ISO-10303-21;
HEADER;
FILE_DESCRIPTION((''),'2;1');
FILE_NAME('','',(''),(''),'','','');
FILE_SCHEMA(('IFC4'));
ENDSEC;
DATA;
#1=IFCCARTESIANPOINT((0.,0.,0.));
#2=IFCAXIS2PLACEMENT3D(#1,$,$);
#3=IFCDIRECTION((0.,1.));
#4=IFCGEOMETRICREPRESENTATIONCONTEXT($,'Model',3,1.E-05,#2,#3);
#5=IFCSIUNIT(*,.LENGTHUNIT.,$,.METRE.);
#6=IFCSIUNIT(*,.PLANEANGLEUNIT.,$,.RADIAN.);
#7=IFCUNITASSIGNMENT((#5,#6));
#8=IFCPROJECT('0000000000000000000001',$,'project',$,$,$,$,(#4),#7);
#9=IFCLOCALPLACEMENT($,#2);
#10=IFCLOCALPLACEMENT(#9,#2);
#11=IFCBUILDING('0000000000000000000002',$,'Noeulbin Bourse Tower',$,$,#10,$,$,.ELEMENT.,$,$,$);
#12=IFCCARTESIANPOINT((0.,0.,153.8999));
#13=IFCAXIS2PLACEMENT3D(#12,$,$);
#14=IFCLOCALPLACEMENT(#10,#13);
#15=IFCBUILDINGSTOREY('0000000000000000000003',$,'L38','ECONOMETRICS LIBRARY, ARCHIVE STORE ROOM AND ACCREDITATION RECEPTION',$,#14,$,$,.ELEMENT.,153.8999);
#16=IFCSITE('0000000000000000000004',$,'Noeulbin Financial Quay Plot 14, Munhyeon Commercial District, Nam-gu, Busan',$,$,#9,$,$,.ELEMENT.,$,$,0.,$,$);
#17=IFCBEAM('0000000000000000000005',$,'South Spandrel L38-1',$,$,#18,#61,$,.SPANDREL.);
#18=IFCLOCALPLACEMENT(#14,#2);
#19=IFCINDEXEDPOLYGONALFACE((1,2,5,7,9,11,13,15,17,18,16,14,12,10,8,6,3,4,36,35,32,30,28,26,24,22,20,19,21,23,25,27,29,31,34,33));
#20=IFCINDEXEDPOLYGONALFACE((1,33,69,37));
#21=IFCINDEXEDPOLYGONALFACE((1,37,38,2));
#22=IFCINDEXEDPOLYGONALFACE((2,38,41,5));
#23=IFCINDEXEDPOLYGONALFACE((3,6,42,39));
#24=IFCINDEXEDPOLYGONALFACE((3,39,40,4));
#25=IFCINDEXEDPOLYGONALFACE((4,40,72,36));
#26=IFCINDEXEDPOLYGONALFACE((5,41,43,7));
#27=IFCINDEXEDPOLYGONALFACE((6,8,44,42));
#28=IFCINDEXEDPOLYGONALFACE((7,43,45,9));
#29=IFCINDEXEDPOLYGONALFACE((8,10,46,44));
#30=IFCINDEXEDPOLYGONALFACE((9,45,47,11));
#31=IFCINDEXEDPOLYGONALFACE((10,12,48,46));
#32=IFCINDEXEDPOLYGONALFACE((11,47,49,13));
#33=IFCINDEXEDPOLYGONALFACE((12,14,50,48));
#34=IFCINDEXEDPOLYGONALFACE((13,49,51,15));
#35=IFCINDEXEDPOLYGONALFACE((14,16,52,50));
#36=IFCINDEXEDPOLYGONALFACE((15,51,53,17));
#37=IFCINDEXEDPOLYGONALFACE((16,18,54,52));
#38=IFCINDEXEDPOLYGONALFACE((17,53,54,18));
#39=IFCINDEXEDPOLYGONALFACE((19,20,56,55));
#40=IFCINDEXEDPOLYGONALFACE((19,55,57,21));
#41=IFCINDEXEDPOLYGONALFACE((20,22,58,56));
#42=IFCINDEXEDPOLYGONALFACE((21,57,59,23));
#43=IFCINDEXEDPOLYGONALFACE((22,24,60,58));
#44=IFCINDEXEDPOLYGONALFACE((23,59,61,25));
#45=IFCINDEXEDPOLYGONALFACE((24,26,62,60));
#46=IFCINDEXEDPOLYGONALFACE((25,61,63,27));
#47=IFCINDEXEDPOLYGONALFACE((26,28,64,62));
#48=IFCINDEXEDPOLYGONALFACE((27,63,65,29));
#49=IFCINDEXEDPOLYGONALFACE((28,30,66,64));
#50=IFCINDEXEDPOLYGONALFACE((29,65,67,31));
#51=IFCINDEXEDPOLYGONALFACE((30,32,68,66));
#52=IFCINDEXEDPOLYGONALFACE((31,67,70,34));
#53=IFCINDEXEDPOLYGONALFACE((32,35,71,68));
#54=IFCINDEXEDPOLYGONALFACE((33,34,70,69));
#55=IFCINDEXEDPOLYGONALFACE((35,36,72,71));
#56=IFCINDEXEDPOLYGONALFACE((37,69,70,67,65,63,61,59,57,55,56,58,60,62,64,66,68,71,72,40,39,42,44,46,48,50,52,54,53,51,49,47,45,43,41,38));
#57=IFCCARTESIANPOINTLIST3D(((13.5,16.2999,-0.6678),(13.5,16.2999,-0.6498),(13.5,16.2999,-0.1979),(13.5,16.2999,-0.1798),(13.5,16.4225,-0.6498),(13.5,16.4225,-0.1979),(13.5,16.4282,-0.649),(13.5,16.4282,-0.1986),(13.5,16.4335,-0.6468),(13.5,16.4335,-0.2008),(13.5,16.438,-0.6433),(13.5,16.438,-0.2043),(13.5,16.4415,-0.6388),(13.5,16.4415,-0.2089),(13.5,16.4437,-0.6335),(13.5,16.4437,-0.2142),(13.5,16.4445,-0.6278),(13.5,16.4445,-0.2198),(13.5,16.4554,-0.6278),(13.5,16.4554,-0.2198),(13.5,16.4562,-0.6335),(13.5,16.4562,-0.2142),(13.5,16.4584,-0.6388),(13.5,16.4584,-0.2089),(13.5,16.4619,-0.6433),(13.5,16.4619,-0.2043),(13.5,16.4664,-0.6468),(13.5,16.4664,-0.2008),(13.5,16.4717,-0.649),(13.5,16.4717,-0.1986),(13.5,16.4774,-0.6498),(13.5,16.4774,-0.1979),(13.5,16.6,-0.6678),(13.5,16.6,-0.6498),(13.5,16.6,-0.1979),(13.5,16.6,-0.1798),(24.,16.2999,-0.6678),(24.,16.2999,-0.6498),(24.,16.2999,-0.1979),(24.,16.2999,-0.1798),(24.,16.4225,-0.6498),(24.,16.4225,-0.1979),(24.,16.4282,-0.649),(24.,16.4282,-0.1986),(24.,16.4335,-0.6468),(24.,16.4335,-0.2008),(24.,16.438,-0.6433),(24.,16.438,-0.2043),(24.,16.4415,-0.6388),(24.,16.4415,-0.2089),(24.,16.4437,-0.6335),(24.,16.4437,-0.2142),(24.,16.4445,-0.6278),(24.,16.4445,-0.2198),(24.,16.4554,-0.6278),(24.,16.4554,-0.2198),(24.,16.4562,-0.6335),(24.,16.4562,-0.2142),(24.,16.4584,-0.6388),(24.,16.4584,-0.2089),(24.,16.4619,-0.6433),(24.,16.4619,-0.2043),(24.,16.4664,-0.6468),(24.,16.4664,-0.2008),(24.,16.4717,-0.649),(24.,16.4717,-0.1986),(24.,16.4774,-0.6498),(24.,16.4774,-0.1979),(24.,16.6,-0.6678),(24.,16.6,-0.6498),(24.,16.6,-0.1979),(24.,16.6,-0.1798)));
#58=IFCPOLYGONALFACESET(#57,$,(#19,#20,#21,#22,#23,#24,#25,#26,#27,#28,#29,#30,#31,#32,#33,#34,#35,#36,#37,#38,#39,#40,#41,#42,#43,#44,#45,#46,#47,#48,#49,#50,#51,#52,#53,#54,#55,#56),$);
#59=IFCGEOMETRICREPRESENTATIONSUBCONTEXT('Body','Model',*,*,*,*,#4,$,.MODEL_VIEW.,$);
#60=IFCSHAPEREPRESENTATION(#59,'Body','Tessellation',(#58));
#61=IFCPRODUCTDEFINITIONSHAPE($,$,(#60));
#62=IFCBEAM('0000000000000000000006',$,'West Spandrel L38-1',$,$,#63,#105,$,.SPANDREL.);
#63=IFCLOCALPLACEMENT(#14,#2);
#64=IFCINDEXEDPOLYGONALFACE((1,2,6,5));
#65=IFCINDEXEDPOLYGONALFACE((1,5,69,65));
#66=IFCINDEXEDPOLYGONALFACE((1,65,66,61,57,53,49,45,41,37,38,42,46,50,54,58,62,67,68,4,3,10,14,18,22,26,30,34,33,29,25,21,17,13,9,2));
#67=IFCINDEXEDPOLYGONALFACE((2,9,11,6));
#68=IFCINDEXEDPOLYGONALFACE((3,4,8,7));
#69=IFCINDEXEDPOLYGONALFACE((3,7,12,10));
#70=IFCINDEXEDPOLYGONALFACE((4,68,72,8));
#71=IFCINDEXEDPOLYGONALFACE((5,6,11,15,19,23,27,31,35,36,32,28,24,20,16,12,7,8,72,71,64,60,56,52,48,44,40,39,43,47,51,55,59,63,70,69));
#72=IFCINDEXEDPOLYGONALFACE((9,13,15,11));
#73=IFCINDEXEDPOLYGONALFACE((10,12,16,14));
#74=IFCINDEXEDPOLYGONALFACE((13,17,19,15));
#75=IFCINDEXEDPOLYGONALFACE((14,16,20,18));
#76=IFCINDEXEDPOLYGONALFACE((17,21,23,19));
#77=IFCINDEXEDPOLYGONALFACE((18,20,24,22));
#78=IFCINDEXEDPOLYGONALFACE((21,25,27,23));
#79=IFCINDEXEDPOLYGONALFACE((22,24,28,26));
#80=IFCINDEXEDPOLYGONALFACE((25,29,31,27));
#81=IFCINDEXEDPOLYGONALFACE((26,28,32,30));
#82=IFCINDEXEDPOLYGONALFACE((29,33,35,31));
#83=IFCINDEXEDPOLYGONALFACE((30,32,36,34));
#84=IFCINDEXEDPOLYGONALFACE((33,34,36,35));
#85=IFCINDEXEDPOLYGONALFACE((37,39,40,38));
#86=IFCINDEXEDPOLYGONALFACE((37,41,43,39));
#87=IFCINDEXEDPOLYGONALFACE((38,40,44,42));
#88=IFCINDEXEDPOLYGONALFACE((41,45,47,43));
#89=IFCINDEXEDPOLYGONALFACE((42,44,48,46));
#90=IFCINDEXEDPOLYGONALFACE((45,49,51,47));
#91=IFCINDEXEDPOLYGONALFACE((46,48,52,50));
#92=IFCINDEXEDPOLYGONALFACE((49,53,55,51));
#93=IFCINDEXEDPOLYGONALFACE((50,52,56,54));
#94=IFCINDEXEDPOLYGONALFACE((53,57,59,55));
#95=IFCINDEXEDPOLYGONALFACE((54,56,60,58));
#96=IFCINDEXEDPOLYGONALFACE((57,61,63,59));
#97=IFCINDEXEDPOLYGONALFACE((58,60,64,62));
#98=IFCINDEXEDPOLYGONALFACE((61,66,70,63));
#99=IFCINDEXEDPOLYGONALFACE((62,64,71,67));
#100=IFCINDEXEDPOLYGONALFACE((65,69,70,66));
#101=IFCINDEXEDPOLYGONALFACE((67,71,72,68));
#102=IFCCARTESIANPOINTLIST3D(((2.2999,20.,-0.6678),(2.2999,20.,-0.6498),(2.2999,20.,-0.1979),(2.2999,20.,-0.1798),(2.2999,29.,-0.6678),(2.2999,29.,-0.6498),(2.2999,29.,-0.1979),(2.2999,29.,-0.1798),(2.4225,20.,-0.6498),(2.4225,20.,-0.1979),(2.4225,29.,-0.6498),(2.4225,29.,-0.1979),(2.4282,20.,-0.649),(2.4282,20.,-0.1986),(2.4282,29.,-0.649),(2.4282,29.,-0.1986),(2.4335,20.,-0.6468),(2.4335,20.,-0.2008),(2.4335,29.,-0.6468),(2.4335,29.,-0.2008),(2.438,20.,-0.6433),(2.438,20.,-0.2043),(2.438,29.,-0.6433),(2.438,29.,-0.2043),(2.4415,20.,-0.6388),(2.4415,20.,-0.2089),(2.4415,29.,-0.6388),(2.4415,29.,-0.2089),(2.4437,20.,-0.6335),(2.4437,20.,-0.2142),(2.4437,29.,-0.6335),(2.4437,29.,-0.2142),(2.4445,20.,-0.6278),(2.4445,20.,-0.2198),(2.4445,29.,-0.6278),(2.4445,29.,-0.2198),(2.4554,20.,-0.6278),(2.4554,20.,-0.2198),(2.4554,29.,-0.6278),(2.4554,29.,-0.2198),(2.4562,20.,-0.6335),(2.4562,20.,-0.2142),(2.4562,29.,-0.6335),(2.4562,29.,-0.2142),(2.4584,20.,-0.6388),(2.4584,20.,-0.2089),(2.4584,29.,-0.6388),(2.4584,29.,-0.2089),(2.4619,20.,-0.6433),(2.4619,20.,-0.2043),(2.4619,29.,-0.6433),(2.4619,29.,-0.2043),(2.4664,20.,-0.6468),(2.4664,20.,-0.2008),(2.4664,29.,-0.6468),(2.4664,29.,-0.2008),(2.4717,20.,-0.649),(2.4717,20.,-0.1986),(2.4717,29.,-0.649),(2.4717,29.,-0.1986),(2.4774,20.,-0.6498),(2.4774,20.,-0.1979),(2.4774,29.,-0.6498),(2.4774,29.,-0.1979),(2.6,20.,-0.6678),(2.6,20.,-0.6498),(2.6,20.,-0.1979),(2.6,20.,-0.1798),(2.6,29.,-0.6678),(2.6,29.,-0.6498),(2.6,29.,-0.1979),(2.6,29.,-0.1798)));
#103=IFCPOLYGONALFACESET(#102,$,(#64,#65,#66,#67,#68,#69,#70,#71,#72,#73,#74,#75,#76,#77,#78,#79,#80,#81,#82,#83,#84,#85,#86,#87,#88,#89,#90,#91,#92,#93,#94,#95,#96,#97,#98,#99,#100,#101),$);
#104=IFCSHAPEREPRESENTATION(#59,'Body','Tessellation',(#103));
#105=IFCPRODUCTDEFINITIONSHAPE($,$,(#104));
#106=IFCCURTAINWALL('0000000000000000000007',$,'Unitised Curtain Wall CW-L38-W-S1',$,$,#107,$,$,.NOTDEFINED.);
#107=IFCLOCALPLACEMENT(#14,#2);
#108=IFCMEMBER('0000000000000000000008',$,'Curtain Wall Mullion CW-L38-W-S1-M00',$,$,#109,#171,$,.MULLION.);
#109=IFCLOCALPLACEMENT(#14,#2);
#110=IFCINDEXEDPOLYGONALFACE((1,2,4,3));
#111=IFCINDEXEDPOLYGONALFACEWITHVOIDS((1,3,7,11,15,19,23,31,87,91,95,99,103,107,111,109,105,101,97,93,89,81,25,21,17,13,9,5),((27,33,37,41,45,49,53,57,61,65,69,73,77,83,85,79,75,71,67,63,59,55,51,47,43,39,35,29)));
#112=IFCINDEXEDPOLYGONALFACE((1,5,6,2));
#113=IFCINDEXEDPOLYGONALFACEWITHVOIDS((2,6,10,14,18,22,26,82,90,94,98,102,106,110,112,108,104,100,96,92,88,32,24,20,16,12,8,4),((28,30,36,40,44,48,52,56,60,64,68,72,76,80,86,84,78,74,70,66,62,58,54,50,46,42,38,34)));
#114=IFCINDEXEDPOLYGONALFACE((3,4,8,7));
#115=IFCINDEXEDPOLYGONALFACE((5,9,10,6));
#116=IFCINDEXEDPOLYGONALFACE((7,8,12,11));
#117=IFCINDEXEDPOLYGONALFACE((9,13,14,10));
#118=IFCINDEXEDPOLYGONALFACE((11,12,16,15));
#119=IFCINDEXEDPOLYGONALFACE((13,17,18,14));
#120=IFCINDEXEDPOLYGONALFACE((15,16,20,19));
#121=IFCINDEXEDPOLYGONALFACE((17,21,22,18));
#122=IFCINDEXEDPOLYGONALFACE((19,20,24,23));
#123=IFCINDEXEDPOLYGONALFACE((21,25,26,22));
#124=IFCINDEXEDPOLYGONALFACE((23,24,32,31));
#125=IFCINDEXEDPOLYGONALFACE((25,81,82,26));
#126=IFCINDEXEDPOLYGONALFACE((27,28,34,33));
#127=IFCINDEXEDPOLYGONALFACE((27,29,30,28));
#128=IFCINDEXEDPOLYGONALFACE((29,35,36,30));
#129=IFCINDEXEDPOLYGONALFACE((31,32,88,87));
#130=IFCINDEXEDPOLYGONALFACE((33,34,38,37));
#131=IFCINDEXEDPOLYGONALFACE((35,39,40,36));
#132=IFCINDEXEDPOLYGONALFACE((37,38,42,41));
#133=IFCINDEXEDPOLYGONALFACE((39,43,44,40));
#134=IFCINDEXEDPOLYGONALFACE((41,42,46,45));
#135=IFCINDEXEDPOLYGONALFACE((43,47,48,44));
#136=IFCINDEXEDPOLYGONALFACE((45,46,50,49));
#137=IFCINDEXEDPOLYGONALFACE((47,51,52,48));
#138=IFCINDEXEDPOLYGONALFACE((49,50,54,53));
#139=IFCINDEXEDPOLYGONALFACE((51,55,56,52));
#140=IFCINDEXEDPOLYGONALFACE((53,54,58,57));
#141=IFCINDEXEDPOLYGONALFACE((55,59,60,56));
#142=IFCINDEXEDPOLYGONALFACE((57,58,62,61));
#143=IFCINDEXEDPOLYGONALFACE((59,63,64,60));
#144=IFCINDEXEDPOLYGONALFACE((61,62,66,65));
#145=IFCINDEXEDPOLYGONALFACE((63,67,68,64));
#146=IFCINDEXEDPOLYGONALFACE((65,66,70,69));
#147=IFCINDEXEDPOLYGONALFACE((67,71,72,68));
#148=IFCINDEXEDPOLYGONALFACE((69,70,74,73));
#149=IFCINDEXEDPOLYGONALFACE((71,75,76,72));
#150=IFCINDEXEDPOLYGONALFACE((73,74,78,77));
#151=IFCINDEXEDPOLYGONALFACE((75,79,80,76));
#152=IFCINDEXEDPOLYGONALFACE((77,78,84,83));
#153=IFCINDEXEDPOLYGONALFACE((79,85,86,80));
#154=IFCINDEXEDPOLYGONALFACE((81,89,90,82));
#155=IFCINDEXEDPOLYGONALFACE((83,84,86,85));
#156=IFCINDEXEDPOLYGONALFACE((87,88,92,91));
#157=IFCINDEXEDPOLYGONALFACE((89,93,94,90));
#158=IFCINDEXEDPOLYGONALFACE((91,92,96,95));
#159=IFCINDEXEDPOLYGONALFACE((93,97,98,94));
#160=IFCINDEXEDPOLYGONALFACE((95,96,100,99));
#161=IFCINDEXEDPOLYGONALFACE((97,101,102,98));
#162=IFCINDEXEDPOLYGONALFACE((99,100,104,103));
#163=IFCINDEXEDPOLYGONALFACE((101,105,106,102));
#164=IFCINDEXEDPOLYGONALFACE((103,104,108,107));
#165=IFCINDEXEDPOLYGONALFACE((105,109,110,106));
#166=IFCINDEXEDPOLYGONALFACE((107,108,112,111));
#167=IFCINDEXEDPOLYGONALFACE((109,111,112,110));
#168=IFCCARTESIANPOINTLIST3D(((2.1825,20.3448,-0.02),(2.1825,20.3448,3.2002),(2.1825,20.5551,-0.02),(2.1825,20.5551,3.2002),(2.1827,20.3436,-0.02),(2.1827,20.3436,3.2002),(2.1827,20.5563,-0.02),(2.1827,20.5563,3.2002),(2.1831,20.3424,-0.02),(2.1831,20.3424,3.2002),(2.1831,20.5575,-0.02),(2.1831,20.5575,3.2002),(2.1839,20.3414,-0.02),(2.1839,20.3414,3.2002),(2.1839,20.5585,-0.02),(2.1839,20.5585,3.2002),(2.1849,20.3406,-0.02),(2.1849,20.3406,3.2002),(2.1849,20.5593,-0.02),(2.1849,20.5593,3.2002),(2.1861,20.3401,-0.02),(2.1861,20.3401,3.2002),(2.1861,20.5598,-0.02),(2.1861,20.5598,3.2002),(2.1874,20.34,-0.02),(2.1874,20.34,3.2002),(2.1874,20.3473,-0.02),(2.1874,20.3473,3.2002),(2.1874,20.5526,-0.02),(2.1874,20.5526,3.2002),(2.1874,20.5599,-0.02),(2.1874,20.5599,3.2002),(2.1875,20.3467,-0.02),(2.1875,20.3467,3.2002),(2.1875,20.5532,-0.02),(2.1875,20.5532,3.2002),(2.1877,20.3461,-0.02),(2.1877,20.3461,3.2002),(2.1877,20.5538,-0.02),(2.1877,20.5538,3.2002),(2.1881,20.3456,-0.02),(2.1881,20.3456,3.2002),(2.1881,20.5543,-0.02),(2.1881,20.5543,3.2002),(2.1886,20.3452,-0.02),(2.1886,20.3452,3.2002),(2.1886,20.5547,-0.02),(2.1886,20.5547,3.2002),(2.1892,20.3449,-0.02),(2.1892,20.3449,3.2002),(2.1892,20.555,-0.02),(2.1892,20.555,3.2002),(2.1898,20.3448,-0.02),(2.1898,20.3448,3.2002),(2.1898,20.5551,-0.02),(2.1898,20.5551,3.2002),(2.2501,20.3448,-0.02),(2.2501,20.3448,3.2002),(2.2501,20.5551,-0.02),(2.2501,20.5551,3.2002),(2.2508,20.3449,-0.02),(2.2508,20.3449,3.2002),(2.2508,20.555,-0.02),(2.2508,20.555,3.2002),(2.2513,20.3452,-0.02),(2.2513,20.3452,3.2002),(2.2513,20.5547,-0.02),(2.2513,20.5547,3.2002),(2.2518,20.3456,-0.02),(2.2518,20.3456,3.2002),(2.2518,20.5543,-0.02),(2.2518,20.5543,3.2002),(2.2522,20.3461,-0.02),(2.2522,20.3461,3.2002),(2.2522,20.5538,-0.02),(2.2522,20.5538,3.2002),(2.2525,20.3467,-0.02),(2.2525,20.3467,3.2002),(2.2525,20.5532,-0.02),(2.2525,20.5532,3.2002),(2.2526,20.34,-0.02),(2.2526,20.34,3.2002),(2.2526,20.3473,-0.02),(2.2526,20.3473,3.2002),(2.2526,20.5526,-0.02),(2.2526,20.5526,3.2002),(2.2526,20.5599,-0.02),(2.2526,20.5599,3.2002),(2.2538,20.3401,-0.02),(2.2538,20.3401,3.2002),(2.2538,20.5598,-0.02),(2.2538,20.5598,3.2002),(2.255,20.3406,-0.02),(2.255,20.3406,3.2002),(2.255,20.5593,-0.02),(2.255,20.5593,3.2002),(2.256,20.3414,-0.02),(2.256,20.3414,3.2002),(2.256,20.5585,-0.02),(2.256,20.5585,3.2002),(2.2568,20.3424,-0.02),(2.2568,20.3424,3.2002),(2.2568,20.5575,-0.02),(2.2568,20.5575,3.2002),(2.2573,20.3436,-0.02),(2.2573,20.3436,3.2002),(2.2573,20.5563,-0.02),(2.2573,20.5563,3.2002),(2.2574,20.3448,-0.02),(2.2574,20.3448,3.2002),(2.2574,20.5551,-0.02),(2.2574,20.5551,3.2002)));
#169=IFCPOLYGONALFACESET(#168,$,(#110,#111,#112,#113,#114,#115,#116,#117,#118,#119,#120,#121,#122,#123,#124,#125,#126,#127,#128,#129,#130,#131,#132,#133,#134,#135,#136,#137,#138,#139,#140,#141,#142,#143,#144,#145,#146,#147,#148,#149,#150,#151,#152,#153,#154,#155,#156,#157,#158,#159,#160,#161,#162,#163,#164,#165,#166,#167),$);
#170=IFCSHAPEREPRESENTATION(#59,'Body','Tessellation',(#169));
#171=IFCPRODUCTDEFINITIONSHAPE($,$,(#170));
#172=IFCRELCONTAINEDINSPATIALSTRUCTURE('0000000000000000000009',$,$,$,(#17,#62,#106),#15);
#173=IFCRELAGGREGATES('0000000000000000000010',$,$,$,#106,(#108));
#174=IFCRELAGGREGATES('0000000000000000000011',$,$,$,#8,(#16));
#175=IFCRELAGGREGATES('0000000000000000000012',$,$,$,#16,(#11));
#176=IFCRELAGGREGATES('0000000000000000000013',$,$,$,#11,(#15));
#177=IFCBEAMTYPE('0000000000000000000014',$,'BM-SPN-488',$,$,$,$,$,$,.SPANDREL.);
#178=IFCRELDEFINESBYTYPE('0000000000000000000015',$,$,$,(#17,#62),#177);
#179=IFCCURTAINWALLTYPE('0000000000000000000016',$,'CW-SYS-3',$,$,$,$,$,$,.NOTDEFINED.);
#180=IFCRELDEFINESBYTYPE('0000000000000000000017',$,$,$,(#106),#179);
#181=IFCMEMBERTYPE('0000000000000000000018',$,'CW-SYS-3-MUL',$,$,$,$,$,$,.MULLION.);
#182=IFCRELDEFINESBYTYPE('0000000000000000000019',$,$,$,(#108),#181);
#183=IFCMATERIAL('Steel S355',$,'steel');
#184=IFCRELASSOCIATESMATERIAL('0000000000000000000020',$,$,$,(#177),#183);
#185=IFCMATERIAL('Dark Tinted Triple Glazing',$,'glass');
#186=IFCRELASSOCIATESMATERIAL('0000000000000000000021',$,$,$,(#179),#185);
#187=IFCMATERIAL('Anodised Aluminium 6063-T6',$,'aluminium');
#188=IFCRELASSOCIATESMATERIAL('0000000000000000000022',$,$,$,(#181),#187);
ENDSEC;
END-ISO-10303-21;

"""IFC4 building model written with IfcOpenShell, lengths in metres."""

from ifc_helpers import new_model, si_unit, direction, frame, origin, origin_2d, place, context, subcontext, project, spatial, hollow_rectangle, i_section, extrude, material, material_profile, profile_set, type_object, element, aggregate, save


model = new_model("IFC4")

# Units and contexts
model_context = context("Model", 3, precision=1e-05, world=origin(), true_north=direction((0.0, 1.0)))
body_context = subcontext(model_context, "Body", "Model", "MODEL_VIEW")
ifc_project = project(units=[si_unit("LENGTHUNIT", "METRE"), si_unit("PLANEANGLEUNIT", "RADIAN")], contexts=[model_context])

# Site, building, storey
site_placement = place(None, origin())
site = spatial("IfcSite", under=ifc_project, at=site_placement, Name="Noeulbin Financial Quay Plot 14, Munhyeon Commercial District, Nam-gu, Busan", CompositionType="ELEMENT", RefElevation=0.0)
building_placement = place(site_placement, origin())
building = spatial("IfcBuilding", under=site, at=building_placement, Name="Noeulbin Bourse Tower", CompositionType="ELEMENT")
storey_placement = place(building_placement, frame((0.0, 0.0, 153.8999)))
storey = spatial("IfcBuildingStorey", under=building, at=storey_placement, Name="L38", Description="ECONOMETRICS LIBRARY, ARCHIVE STORE ROOM AND ACCREDITATION RECEPTION", CompositionType="ELEMENT", Elevation=153.8999)

# Shared definitions
ifc_material_1 = material(Name="Steel S355", Category="steel")

# Beams
ifc_material_profile_1 = material_profile(ifc_material_1, i_section(OverallWidth=0.3, OverallDepth=0.488, WebThickness=0.011, FlangeThickness=0.0181, FilletRadius=0.022, at=origin_2d()), Name="H-488x300x11x18", Category="LoadBearing")
ifc_profile_set_1 = profile_set([ifc_material_profile_1], Name="Steel S355")
beam_type_1 = type_object("IfcBeamType", Name="BM-SPN-488", PredefinedType="SPANDREL", material=ifc_profile_set_1)
beam_1_placement = place(storey_placement, frame((13.5, 16.45, -0.4238), z_axis=(1.0, 0.0, 0.0), x_axis=(0.0, 1.0, 0.0)))
element("IfcBeam", 1, at=beam_1_placement, inside=storey, type_object=beam_type_1, Name="South Spandrel L38-1", PredefinedType="SPANDREL", context=body_context, shape_type="SweptSolid", body=[
    extrude(i_section(OverallWidth=0.3, OverallDepth=0.488, WebThickness=0.011, FlangeThickness=0.0181, FilletRadius=0.022, at=origin_2d()), origin(), (0.0, 0.0, 1.0), 10.5),
])
beam_2_placement = place(storey_placement, frame((2.45, 20.0, -0.4238), z_axis=(0.0, 1.0, 0.0), x_axis=(-1.0, 0.0, 0.0)))
element("IfcBeam", 2, at=beam_2_placement, inside=storey, type_object=beam_type_1, Name="West Spandrel L38-1", PredefinedType="SPANDREL", context=body_context, shape_type="SweptSolid", body=[
    extrude(i_section(OverallWidth=0.3, OverallDepth=0.488, WebThickness=0.011, FlangeThickness=0.0181, FilletRadius=0.022, at=origin_2d()), origin(), (0.0, 0.0, 1.0), 9.0),
])

# Curtain wall, member
ifc_material_2 = material(Name="Dark Tinted Triple Glazing", Category="glass")
curtain_wall_type = type_object("IfcCurtainWallType", Name="CW-SYS-3", PredefinedType="NOTDEFINED", material=ifc_material_2)
curtain_wall_placement = place(storey_placement, origin())
curtain_wall = element("IfcCurtainWall", 3, at=curtain_wall_placement, inside=storey, type_object=curtain_wall_type, Name="Unitised Curtain Wall CW-L38-W-S1", PredefinedType="NOTDEFINED")
ifc_material_3 = material(Name="Anodised Aluminium 6063-T6", Category="aluminium")
ifc_material_profile_2 = material_profile(ifc_material_3, hollow_rectangle(XDim=0.075, YDim=0.22, WallThickness=0.0049, InnerFilletRadius=0.0024, OuterFilletRadius=0.0049, at=origin_2d()), Name="ALU-MULL-75x220x5", Category="LoadBearing")
ifc_profile_set_2 = profile_set([ifc_material_profile_2], Name="Anodised Aluminium 6063-T6")
member_type_1 = type_object("IfcMemberType", Name="CW-SYS-3-MUL", PredefinedType="MULLION", material=ifc_profile_set_2)
member_1_placement = place(storey_placement, frame((2.22, 20.45, -0.02), z_axis=(0.0, 0.0, 1.0), x_axis=(1.0, 0.0, 0.0)))
member_1 = element("IfcMember", 4, at=member_1_placement, type_object=member_type_1, Name="Curtain Wall Mullion CW-L38-W-S1-M00", PredefinedType="MULLION", context=body_context, shape_type="SweptSolid", body=[
    extrude(hollow_rectangle(XDim=0.075, YDim=0.22, WallThickness=0.0049, InnerFilletRadius=0.0024, OuterFilletRadius=0.0049, at=origin_2d()), origin(), (0.0, 0.0, 1.0), 3.2202),
])
aggregate(curtain_wall, [member_1])

save(model, "model.ifc")
